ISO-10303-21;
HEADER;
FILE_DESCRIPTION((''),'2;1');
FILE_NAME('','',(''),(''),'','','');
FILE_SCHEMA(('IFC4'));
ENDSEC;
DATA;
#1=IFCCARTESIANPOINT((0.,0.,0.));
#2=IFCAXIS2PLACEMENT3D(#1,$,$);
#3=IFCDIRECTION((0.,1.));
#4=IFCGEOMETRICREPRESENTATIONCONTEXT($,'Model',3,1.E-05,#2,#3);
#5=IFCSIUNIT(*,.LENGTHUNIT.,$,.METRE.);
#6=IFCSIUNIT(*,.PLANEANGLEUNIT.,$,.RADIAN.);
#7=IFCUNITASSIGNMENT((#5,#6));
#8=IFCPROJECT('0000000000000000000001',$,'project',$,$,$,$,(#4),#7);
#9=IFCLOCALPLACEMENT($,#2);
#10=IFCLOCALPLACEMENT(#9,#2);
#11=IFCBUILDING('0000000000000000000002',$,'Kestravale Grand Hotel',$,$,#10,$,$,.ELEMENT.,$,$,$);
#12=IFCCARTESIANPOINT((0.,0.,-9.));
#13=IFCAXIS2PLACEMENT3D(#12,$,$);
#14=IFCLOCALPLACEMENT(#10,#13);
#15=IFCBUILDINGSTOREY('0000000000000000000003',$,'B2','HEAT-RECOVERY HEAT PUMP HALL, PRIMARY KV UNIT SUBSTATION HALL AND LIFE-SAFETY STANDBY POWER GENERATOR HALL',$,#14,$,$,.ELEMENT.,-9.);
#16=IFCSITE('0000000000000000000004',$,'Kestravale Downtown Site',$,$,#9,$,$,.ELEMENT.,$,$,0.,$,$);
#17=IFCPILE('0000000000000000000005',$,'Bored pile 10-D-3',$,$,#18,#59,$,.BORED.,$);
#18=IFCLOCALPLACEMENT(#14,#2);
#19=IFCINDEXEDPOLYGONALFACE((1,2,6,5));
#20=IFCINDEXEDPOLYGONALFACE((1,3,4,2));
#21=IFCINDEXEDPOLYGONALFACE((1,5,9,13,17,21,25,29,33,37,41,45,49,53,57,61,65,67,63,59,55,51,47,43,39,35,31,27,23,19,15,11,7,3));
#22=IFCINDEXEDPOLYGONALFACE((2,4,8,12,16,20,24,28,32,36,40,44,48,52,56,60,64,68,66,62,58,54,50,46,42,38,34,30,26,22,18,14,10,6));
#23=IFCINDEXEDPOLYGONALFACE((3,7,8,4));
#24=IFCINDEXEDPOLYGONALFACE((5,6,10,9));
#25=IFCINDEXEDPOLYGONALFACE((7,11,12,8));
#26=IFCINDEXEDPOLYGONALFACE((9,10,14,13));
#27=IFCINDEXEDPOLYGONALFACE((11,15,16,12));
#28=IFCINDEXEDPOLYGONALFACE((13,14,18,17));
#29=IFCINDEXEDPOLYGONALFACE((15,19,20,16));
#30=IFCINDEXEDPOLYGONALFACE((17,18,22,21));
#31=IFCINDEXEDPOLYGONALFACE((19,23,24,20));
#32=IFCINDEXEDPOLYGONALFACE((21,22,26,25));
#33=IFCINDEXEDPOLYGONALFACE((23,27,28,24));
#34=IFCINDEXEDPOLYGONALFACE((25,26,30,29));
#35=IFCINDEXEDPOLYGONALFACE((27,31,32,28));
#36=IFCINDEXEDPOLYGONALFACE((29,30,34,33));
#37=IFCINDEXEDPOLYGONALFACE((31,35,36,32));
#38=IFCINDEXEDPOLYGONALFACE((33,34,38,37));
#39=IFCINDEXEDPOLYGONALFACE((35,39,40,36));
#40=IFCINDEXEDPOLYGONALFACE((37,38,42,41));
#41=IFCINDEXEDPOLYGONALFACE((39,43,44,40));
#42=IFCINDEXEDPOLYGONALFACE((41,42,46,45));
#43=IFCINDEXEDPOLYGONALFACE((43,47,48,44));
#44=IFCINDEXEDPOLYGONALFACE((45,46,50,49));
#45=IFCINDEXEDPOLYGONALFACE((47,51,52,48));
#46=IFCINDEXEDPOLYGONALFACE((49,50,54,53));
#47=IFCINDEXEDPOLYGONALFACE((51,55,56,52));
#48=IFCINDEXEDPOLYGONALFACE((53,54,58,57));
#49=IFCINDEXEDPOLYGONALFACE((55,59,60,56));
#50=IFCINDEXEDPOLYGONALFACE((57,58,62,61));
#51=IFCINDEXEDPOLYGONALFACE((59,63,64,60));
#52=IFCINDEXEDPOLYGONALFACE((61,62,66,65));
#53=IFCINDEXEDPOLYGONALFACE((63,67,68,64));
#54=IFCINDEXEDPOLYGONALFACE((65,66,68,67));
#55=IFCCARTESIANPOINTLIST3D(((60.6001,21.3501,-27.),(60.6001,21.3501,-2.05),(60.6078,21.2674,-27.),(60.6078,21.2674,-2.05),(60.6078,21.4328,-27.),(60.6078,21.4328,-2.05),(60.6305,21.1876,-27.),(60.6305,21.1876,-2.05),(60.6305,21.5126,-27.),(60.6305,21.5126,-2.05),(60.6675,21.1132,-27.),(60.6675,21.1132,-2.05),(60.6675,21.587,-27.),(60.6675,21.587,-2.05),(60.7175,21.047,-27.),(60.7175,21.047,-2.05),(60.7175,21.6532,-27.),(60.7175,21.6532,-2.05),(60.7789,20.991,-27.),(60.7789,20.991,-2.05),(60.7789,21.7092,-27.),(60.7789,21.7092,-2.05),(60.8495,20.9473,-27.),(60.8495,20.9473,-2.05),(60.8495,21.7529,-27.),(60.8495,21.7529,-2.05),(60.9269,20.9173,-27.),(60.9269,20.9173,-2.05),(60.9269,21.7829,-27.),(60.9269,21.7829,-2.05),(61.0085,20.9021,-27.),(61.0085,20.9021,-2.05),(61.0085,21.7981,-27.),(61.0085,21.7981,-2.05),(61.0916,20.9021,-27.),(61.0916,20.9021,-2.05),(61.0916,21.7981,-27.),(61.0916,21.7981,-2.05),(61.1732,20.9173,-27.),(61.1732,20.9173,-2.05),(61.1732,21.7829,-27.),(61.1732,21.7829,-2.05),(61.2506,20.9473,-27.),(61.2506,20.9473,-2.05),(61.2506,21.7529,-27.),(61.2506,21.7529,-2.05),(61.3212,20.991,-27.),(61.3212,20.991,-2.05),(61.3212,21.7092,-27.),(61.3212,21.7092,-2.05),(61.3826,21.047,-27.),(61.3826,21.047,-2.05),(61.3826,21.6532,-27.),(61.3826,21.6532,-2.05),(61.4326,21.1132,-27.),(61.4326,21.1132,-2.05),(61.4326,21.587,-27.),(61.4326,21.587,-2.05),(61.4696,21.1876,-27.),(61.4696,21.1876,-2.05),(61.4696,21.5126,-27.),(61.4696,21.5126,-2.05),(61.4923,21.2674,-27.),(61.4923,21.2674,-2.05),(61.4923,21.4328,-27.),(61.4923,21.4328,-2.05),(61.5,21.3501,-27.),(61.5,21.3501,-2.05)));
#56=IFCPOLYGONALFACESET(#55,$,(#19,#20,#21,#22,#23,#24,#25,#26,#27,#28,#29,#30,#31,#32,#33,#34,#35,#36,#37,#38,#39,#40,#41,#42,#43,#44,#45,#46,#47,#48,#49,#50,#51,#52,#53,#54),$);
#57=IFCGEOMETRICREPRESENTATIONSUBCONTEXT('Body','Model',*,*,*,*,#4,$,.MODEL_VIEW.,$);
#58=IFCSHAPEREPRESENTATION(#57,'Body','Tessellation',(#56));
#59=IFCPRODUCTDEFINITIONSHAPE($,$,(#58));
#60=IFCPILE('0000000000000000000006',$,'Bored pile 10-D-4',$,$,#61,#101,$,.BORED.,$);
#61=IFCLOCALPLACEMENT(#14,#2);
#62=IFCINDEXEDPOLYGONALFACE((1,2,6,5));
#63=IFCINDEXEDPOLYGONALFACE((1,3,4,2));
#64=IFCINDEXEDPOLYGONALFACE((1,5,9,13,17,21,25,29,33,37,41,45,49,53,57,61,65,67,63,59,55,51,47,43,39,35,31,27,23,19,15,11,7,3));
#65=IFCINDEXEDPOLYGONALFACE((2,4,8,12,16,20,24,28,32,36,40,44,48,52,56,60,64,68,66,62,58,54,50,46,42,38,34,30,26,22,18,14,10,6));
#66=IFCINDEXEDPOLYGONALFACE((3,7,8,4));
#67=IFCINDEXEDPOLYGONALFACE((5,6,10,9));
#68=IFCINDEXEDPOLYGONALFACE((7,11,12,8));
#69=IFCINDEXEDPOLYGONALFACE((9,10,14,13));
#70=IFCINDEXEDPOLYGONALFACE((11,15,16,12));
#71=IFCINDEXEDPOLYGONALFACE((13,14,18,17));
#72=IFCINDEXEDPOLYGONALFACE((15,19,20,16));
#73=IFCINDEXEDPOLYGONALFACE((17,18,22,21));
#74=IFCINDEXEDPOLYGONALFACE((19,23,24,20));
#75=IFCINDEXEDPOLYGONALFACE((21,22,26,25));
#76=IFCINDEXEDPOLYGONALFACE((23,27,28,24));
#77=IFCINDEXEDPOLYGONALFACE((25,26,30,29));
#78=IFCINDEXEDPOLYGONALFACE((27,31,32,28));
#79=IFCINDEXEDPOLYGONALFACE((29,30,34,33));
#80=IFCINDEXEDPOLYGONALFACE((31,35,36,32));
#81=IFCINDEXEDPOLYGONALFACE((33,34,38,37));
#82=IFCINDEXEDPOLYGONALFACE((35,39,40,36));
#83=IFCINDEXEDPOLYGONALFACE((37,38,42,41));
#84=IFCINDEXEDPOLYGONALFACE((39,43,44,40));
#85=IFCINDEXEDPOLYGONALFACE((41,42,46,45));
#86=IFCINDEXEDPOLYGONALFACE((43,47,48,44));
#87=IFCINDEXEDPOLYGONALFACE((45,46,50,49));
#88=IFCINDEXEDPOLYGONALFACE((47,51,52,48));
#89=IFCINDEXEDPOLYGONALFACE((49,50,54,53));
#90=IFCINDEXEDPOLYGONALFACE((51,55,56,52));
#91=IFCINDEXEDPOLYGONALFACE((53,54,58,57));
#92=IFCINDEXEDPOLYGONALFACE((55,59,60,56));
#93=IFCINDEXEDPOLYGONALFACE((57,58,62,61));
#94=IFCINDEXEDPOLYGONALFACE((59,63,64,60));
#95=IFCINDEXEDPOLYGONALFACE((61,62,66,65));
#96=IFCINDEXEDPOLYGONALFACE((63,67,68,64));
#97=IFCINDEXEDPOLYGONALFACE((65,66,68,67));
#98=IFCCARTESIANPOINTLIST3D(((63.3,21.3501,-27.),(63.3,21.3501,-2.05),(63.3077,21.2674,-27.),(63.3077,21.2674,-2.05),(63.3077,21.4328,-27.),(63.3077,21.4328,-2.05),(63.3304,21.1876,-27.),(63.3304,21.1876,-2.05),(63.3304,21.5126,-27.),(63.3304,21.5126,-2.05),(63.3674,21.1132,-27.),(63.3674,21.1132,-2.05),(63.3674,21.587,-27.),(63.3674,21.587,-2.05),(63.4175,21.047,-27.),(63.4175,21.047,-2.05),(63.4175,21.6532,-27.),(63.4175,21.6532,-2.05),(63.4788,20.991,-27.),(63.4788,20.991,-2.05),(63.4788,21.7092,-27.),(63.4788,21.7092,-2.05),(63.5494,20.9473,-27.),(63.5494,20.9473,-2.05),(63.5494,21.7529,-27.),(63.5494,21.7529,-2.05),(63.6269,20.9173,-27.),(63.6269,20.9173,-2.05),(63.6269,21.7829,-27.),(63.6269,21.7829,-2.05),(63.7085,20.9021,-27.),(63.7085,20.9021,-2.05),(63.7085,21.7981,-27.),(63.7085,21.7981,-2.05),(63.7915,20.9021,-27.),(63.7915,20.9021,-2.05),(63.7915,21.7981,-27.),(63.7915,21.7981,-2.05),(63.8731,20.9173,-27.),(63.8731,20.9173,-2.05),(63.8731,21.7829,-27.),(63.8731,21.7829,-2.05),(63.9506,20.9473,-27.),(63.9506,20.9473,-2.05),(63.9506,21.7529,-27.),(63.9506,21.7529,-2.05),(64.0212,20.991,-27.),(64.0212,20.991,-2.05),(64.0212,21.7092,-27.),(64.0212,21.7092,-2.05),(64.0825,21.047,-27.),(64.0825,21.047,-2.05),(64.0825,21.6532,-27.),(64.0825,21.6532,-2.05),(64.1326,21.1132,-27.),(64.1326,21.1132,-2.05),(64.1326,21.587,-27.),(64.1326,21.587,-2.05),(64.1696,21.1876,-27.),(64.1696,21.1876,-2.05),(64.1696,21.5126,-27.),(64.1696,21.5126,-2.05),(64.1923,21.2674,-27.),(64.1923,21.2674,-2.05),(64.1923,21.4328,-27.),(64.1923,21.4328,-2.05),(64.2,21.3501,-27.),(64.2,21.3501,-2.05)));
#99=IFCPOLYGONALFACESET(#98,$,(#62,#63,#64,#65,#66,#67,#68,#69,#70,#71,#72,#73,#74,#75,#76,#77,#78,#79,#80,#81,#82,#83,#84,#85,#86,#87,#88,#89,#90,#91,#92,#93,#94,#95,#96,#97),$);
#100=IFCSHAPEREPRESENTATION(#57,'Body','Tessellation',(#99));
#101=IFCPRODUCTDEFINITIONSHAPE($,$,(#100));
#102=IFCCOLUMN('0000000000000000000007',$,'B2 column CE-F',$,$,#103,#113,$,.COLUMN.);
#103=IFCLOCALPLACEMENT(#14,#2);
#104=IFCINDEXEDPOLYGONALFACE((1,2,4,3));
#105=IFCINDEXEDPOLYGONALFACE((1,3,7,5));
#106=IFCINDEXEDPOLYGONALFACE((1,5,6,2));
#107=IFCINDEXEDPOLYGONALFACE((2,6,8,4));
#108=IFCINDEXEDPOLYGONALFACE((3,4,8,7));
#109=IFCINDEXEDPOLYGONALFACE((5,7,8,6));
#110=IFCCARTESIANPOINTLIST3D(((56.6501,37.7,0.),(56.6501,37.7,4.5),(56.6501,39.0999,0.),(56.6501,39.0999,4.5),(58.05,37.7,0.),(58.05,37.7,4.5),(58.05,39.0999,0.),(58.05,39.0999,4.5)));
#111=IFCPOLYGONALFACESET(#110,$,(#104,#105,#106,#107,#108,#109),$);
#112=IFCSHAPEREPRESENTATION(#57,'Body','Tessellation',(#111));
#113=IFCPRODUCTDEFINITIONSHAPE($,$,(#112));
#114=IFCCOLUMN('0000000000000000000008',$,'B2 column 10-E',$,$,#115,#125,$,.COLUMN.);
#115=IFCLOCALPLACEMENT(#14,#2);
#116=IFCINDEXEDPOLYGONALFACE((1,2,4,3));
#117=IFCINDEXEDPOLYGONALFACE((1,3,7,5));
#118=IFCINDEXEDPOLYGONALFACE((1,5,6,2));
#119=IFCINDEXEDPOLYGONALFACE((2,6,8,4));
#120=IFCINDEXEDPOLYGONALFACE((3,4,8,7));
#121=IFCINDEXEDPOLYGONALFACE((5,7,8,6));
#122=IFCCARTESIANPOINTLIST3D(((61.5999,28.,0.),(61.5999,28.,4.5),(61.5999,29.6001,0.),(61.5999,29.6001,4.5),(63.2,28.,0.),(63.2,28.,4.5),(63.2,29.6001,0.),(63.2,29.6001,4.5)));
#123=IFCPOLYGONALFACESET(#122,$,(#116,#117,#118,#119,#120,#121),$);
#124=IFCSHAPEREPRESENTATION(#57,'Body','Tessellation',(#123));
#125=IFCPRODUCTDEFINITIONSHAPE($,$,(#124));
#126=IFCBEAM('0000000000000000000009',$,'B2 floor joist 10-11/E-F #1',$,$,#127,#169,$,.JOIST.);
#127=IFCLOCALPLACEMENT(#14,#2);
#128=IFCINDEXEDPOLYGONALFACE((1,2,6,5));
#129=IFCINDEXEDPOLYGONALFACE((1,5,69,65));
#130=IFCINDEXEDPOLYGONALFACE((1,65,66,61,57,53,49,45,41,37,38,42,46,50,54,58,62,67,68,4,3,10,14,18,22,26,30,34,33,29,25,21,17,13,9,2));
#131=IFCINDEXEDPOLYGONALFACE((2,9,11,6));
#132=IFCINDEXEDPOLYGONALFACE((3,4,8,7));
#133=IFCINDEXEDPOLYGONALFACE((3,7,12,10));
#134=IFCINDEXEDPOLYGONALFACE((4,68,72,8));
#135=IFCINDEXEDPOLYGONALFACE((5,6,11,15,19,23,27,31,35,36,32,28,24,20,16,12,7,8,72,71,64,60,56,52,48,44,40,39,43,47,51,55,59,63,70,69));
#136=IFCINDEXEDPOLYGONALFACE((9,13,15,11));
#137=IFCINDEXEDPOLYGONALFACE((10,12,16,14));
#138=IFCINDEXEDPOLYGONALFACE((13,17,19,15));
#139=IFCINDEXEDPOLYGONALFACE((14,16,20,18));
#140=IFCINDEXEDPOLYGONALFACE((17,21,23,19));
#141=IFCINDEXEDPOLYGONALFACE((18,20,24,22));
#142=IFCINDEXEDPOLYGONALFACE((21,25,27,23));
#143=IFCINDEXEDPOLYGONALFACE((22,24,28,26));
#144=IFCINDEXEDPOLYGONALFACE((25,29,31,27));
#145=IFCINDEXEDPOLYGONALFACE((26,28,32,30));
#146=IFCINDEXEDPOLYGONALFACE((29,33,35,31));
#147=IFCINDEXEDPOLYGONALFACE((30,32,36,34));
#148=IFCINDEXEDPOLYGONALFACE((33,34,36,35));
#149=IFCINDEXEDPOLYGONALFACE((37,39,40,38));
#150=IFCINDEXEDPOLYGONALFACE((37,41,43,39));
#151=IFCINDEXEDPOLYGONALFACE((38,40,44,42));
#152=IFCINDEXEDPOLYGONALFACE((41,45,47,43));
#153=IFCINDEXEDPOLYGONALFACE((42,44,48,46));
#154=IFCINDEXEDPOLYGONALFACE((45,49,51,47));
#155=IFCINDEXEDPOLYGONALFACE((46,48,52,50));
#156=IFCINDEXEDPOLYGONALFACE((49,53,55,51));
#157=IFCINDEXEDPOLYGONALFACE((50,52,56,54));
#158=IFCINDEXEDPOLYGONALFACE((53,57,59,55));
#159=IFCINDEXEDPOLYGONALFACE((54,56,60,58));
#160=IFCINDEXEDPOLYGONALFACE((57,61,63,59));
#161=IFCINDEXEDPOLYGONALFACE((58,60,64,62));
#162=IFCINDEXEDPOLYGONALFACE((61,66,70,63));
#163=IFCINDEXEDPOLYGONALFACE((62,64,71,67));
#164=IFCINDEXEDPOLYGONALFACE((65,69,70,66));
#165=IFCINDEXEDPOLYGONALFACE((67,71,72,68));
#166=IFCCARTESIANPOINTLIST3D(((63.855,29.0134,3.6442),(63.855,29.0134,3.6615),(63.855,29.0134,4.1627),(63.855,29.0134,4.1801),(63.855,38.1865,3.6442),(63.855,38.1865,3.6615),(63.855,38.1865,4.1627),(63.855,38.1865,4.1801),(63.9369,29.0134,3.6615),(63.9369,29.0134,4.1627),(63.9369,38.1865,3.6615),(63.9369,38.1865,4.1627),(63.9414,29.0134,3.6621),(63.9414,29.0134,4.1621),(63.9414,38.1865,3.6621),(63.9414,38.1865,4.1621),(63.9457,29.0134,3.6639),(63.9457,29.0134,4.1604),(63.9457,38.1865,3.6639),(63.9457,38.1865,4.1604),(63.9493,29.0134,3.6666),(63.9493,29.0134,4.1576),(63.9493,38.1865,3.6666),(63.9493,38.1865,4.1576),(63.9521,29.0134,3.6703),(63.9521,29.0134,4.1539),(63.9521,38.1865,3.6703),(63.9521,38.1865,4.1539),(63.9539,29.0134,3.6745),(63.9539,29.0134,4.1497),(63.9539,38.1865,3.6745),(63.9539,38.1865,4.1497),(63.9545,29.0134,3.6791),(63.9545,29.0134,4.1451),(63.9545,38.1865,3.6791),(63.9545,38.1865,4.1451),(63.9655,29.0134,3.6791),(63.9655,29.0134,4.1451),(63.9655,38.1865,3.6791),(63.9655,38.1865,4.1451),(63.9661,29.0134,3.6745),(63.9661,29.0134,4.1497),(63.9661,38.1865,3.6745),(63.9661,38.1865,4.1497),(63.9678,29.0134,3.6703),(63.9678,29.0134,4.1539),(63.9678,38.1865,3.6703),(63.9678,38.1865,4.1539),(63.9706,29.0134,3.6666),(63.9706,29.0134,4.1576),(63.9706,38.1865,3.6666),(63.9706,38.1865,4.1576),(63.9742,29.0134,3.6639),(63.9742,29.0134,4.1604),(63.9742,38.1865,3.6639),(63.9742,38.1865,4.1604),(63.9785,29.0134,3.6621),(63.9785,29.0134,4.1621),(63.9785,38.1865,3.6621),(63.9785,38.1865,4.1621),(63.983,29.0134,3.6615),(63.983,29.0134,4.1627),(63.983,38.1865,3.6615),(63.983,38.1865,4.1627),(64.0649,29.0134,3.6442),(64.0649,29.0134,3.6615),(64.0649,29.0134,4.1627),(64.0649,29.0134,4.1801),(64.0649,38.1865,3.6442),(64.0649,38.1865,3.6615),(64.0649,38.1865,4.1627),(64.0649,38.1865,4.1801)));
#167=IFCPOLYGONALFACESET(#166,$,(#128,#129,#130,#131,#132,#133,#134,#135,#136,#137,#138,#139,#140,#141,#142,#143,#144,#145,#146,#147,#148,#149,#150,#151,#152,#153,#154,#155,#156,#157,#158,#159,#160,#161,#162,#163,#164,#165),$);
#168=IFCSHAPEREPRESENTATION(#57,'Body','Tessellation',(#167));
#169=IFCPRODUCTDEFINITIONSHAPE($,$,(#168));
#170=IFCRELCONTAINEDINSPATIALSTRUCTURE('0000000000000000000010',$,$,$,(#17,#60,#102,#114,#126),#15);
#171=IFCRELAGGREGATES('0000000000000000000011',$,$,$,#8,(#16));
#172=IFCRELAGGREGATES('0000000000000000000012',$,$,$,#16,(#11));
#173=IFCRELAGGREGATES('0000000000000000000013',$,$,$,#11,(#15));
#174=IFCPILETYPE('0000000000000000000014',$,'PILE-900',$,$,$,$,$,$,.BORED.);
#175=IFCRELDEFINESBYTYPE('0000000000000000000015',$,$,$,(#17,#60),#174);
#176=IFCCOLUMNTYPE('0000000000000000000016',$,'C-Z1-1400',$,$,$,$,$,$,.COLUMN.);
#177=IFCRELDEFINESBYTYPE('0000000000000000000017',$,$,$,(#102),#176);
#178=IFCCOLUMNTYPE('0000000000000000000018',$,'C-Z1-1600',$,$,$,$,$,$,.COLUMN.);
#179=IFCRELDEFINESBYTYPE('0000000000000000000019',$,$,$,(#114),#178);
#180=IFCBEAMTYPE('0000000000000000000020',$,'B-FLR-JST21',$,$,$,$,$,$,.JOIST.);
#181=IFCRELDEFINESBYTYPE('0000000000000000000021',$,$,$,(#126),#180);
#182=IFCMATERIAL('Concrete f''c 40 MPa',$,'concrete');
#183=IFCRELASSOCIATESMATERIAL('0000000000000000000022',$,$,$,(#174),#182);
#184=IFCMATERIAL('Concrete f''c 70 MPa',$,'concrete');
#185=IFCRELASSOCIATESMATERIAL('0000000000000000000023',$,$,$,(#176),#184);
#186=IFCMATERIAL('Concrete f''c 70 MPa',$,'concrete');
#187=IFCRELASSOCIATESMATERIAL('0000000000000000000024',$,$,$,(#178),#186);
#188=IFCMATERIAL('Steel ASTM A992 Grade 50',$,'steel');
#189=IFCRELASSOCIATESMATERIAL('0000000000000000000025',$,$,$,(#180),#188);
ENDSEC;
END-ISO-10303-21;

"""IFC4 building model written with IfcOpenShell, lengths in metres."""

from ifc_helpers import new_model, si_unit, direction, frame, origin, origin_2d, place, context, subcontext, project, spatial, rectangle, circle, i_section, extrude, material, material_profile, profile_set, type_object, element, save


model = new_model("IFC4")

# Units and contexts
model_context = context("Model", 3, precision=1e-05, world=origin(), true_north=direction((0.0, 1.0)))
body_context = subcontext(model_context, "Body", "Model", "MODEL_VIEW")
ifc_project = project(units=[si_unit("LENGTHUNIT", "METRE"), si_unit("PLANEANGLEUNIT", "RADIAN")], contexts=[model_context])

# Site, building, storey
site_placement = place(None, origin())
site = spatial("IfcSite", under=ifc_project, at=site_placement, Name="Kestravale Downtown Site", CompositionType="ELEMENT", RefElevation=0.0)
building_placement = place(site_placement, origin())
building = spatial("IfcBuilding", under=site, at=building_placement, Name="Kestravale Grand Hotel", CompositionType="ELEMENT")
storey_placement = place(building_placement, frame((0.0, 0.0, -9.0)))
storey = spatial("IfcBuildingStorey", under=building, at=storey_placement, Name="B2", Description="HEAT-RECOVERY HEAT PUMP HALL, PRIMARY KV UNIT SUBSTATION HALL AND LIFE-SAFETY STANDBY POWER GENERATOR HALL", CompositionType="ELEMENT", Elevation=-9.0)

# Piles
ifc_material_1 = material(Name="Concrete f'c 40 MPa", Category="concrete")
ifc_material_profile_1 = material_profile(ifc_material_1, circle(Radius=0.45, at=origin_2d()))
ifc_profile_set_1 = profile_set([ifc_material_profile_1], Name="Concrete f'c 40 MPa")
pile_type_1 = type_object("IfcPileType", Name="PILE-900", PredefinedType="BORED", material=ifc_profile_set_1)
for number, where, z_axis, x_axis, name in (
    (1, (61.05, 21.3501, -2.05), (0.0, 0.0, -1.0), (1.0, 0.0, 0.0), "Bored pile 10-D-3"),
    (2, (63.75, 21.3501, -2.05), (0.0, 0.0, -1.0), (1.0, 0.0, 0.0), "Bored pile 10-D-4"),
):
    element("IfcPile", number, at=place(storey_placement, frame(where, z_axis=z_axis, x_axis=x_axis)), inside=storey, type_object=pile_type_1, Name=name, PredefinedType="BORED", context=body_context, shape_type="SweptSolid", body=[
        extrude(circle(Radius=0.45, at=origin_2d()), origin(), (0.0, 0.0, 1.0), 24.95),
    ])

# Columns
ifc_material_2 = material(Name="Concrete f'c 70 MPa", Category="concrete")
ifc_material_profile_2 = material_profile(ifc_material_2, rectangle(XDim=1.3999, YDim=1.3999, at=origin_2d()))
ifc_profile_set_2 = profile_set([ifc_material_profile_2], Name="Concrete f'c 70 MPa")
column_type_1 = type_object("IfcColumnType", Name="C-Z1-1400", PredefinedType="COLUMN", material=ifc_profile_set_2)
column_1_placement = place(storey_placement, frame((57.3501, 38.3999, 0.0), z_axis=(0.0, 0.0, 1.0), x_axis=(1.0, 0.0, 0.0)))
element("IfcColumn", 3, at=column_1_placement, inside=storey, type_object=column_type_1, Name="B2 column CE-F", PredefinedType="COLUMN", context=body_context, shape_type="SweptSolid", body=[
    extrude(rectangle(XDim=1.3999, YDim=1.3999, at=origin_2d()), origin(), (0.0, 0.0, 1.0), 4.5),
])
ifc_material_3 = material(Name="Concrete f'c 70 MPa", Category="concrete")
ifc_material_profile_3 = material_profile(ifc_material_3, rectangle(XDim=1.6001, YDim=1.6001, at=origin_2d()))
ifc_profile_set_3 = profile_set([ifc_material_profile_3], Name="Concrete f'c 70 MPa")
column_type_2 = type_object("IfcColumnType", Name="C-Z1-1600", PredefinedType="COLUMN", material=ifc_profile_set_3)
column_2_placement = place(storey_placement, frame((62.3999, 28.8, 0.0), z_axis=(0.0, 0.0, 1.0), x_axis=(1.0, 0.0, 0.0)))
element("IfcColumn", 4, at=column_2_placement, inside=storey, type_object=column_type_2, Name="B2 column 10-E", PredefinedType="COLUMN", context=body_context, shape_type="SweptSolid", body=[
    extrude(rectangle(XDim=1.6001, YDim=1.6001, at=origin_2d()), origin(), (0.0, 0.0, 1.0), 4.5),
])

# Beam
ifc_material_4 = material(Name="Steel ASTM A992 Grade 50", Category="steel")
ifc_material_profile_4 = material_profile(ifc_material_4, i_section(OverallWidth=0.21, OverallDepth=0.5359, WebThickness=0.011, FlangeThickness=0.0173, FilletRadius=0.0176, at=origin_2d()))
ifc_profile_set_4 = profile_set([ifc_material_profile_4], Name="Steel ASTM A992 Grade 50")
beam_type_1 = type_object("IfcBeamType", Name="B-FLR-JST21", PredefinedType="JOIST", material=ifc_profile_set_4)
for number, where, z_axis, x_axis, name in (
    (5, (63.96, 29.0134, 3.9121), (0.0, 1.0, 0.0), (-1.0, 0.0, 0.0), "B2 floor joist 10-11/E-F #1"),
):
    element("IfcBeam", number, at=place(storey_placement, frame(where, z_axis=z_axis, x_axis=x_axis)), inside=storey, type_object=beam_type_1, Name=name, PredefinedType="JOIST", context=body_context, shape_type="SweptSolid", body=[
        extrude(i_section(OverallWidth=0.21, OverallDepth=0.5359, WebThickness=0.011, FlangeThickness=0.0173, FilletRadius=0.0176, at=origin_2d()), origin(), (0.0, 0.0, 1.0), 9.1731),
    ])

save(model, "model.ifc")
